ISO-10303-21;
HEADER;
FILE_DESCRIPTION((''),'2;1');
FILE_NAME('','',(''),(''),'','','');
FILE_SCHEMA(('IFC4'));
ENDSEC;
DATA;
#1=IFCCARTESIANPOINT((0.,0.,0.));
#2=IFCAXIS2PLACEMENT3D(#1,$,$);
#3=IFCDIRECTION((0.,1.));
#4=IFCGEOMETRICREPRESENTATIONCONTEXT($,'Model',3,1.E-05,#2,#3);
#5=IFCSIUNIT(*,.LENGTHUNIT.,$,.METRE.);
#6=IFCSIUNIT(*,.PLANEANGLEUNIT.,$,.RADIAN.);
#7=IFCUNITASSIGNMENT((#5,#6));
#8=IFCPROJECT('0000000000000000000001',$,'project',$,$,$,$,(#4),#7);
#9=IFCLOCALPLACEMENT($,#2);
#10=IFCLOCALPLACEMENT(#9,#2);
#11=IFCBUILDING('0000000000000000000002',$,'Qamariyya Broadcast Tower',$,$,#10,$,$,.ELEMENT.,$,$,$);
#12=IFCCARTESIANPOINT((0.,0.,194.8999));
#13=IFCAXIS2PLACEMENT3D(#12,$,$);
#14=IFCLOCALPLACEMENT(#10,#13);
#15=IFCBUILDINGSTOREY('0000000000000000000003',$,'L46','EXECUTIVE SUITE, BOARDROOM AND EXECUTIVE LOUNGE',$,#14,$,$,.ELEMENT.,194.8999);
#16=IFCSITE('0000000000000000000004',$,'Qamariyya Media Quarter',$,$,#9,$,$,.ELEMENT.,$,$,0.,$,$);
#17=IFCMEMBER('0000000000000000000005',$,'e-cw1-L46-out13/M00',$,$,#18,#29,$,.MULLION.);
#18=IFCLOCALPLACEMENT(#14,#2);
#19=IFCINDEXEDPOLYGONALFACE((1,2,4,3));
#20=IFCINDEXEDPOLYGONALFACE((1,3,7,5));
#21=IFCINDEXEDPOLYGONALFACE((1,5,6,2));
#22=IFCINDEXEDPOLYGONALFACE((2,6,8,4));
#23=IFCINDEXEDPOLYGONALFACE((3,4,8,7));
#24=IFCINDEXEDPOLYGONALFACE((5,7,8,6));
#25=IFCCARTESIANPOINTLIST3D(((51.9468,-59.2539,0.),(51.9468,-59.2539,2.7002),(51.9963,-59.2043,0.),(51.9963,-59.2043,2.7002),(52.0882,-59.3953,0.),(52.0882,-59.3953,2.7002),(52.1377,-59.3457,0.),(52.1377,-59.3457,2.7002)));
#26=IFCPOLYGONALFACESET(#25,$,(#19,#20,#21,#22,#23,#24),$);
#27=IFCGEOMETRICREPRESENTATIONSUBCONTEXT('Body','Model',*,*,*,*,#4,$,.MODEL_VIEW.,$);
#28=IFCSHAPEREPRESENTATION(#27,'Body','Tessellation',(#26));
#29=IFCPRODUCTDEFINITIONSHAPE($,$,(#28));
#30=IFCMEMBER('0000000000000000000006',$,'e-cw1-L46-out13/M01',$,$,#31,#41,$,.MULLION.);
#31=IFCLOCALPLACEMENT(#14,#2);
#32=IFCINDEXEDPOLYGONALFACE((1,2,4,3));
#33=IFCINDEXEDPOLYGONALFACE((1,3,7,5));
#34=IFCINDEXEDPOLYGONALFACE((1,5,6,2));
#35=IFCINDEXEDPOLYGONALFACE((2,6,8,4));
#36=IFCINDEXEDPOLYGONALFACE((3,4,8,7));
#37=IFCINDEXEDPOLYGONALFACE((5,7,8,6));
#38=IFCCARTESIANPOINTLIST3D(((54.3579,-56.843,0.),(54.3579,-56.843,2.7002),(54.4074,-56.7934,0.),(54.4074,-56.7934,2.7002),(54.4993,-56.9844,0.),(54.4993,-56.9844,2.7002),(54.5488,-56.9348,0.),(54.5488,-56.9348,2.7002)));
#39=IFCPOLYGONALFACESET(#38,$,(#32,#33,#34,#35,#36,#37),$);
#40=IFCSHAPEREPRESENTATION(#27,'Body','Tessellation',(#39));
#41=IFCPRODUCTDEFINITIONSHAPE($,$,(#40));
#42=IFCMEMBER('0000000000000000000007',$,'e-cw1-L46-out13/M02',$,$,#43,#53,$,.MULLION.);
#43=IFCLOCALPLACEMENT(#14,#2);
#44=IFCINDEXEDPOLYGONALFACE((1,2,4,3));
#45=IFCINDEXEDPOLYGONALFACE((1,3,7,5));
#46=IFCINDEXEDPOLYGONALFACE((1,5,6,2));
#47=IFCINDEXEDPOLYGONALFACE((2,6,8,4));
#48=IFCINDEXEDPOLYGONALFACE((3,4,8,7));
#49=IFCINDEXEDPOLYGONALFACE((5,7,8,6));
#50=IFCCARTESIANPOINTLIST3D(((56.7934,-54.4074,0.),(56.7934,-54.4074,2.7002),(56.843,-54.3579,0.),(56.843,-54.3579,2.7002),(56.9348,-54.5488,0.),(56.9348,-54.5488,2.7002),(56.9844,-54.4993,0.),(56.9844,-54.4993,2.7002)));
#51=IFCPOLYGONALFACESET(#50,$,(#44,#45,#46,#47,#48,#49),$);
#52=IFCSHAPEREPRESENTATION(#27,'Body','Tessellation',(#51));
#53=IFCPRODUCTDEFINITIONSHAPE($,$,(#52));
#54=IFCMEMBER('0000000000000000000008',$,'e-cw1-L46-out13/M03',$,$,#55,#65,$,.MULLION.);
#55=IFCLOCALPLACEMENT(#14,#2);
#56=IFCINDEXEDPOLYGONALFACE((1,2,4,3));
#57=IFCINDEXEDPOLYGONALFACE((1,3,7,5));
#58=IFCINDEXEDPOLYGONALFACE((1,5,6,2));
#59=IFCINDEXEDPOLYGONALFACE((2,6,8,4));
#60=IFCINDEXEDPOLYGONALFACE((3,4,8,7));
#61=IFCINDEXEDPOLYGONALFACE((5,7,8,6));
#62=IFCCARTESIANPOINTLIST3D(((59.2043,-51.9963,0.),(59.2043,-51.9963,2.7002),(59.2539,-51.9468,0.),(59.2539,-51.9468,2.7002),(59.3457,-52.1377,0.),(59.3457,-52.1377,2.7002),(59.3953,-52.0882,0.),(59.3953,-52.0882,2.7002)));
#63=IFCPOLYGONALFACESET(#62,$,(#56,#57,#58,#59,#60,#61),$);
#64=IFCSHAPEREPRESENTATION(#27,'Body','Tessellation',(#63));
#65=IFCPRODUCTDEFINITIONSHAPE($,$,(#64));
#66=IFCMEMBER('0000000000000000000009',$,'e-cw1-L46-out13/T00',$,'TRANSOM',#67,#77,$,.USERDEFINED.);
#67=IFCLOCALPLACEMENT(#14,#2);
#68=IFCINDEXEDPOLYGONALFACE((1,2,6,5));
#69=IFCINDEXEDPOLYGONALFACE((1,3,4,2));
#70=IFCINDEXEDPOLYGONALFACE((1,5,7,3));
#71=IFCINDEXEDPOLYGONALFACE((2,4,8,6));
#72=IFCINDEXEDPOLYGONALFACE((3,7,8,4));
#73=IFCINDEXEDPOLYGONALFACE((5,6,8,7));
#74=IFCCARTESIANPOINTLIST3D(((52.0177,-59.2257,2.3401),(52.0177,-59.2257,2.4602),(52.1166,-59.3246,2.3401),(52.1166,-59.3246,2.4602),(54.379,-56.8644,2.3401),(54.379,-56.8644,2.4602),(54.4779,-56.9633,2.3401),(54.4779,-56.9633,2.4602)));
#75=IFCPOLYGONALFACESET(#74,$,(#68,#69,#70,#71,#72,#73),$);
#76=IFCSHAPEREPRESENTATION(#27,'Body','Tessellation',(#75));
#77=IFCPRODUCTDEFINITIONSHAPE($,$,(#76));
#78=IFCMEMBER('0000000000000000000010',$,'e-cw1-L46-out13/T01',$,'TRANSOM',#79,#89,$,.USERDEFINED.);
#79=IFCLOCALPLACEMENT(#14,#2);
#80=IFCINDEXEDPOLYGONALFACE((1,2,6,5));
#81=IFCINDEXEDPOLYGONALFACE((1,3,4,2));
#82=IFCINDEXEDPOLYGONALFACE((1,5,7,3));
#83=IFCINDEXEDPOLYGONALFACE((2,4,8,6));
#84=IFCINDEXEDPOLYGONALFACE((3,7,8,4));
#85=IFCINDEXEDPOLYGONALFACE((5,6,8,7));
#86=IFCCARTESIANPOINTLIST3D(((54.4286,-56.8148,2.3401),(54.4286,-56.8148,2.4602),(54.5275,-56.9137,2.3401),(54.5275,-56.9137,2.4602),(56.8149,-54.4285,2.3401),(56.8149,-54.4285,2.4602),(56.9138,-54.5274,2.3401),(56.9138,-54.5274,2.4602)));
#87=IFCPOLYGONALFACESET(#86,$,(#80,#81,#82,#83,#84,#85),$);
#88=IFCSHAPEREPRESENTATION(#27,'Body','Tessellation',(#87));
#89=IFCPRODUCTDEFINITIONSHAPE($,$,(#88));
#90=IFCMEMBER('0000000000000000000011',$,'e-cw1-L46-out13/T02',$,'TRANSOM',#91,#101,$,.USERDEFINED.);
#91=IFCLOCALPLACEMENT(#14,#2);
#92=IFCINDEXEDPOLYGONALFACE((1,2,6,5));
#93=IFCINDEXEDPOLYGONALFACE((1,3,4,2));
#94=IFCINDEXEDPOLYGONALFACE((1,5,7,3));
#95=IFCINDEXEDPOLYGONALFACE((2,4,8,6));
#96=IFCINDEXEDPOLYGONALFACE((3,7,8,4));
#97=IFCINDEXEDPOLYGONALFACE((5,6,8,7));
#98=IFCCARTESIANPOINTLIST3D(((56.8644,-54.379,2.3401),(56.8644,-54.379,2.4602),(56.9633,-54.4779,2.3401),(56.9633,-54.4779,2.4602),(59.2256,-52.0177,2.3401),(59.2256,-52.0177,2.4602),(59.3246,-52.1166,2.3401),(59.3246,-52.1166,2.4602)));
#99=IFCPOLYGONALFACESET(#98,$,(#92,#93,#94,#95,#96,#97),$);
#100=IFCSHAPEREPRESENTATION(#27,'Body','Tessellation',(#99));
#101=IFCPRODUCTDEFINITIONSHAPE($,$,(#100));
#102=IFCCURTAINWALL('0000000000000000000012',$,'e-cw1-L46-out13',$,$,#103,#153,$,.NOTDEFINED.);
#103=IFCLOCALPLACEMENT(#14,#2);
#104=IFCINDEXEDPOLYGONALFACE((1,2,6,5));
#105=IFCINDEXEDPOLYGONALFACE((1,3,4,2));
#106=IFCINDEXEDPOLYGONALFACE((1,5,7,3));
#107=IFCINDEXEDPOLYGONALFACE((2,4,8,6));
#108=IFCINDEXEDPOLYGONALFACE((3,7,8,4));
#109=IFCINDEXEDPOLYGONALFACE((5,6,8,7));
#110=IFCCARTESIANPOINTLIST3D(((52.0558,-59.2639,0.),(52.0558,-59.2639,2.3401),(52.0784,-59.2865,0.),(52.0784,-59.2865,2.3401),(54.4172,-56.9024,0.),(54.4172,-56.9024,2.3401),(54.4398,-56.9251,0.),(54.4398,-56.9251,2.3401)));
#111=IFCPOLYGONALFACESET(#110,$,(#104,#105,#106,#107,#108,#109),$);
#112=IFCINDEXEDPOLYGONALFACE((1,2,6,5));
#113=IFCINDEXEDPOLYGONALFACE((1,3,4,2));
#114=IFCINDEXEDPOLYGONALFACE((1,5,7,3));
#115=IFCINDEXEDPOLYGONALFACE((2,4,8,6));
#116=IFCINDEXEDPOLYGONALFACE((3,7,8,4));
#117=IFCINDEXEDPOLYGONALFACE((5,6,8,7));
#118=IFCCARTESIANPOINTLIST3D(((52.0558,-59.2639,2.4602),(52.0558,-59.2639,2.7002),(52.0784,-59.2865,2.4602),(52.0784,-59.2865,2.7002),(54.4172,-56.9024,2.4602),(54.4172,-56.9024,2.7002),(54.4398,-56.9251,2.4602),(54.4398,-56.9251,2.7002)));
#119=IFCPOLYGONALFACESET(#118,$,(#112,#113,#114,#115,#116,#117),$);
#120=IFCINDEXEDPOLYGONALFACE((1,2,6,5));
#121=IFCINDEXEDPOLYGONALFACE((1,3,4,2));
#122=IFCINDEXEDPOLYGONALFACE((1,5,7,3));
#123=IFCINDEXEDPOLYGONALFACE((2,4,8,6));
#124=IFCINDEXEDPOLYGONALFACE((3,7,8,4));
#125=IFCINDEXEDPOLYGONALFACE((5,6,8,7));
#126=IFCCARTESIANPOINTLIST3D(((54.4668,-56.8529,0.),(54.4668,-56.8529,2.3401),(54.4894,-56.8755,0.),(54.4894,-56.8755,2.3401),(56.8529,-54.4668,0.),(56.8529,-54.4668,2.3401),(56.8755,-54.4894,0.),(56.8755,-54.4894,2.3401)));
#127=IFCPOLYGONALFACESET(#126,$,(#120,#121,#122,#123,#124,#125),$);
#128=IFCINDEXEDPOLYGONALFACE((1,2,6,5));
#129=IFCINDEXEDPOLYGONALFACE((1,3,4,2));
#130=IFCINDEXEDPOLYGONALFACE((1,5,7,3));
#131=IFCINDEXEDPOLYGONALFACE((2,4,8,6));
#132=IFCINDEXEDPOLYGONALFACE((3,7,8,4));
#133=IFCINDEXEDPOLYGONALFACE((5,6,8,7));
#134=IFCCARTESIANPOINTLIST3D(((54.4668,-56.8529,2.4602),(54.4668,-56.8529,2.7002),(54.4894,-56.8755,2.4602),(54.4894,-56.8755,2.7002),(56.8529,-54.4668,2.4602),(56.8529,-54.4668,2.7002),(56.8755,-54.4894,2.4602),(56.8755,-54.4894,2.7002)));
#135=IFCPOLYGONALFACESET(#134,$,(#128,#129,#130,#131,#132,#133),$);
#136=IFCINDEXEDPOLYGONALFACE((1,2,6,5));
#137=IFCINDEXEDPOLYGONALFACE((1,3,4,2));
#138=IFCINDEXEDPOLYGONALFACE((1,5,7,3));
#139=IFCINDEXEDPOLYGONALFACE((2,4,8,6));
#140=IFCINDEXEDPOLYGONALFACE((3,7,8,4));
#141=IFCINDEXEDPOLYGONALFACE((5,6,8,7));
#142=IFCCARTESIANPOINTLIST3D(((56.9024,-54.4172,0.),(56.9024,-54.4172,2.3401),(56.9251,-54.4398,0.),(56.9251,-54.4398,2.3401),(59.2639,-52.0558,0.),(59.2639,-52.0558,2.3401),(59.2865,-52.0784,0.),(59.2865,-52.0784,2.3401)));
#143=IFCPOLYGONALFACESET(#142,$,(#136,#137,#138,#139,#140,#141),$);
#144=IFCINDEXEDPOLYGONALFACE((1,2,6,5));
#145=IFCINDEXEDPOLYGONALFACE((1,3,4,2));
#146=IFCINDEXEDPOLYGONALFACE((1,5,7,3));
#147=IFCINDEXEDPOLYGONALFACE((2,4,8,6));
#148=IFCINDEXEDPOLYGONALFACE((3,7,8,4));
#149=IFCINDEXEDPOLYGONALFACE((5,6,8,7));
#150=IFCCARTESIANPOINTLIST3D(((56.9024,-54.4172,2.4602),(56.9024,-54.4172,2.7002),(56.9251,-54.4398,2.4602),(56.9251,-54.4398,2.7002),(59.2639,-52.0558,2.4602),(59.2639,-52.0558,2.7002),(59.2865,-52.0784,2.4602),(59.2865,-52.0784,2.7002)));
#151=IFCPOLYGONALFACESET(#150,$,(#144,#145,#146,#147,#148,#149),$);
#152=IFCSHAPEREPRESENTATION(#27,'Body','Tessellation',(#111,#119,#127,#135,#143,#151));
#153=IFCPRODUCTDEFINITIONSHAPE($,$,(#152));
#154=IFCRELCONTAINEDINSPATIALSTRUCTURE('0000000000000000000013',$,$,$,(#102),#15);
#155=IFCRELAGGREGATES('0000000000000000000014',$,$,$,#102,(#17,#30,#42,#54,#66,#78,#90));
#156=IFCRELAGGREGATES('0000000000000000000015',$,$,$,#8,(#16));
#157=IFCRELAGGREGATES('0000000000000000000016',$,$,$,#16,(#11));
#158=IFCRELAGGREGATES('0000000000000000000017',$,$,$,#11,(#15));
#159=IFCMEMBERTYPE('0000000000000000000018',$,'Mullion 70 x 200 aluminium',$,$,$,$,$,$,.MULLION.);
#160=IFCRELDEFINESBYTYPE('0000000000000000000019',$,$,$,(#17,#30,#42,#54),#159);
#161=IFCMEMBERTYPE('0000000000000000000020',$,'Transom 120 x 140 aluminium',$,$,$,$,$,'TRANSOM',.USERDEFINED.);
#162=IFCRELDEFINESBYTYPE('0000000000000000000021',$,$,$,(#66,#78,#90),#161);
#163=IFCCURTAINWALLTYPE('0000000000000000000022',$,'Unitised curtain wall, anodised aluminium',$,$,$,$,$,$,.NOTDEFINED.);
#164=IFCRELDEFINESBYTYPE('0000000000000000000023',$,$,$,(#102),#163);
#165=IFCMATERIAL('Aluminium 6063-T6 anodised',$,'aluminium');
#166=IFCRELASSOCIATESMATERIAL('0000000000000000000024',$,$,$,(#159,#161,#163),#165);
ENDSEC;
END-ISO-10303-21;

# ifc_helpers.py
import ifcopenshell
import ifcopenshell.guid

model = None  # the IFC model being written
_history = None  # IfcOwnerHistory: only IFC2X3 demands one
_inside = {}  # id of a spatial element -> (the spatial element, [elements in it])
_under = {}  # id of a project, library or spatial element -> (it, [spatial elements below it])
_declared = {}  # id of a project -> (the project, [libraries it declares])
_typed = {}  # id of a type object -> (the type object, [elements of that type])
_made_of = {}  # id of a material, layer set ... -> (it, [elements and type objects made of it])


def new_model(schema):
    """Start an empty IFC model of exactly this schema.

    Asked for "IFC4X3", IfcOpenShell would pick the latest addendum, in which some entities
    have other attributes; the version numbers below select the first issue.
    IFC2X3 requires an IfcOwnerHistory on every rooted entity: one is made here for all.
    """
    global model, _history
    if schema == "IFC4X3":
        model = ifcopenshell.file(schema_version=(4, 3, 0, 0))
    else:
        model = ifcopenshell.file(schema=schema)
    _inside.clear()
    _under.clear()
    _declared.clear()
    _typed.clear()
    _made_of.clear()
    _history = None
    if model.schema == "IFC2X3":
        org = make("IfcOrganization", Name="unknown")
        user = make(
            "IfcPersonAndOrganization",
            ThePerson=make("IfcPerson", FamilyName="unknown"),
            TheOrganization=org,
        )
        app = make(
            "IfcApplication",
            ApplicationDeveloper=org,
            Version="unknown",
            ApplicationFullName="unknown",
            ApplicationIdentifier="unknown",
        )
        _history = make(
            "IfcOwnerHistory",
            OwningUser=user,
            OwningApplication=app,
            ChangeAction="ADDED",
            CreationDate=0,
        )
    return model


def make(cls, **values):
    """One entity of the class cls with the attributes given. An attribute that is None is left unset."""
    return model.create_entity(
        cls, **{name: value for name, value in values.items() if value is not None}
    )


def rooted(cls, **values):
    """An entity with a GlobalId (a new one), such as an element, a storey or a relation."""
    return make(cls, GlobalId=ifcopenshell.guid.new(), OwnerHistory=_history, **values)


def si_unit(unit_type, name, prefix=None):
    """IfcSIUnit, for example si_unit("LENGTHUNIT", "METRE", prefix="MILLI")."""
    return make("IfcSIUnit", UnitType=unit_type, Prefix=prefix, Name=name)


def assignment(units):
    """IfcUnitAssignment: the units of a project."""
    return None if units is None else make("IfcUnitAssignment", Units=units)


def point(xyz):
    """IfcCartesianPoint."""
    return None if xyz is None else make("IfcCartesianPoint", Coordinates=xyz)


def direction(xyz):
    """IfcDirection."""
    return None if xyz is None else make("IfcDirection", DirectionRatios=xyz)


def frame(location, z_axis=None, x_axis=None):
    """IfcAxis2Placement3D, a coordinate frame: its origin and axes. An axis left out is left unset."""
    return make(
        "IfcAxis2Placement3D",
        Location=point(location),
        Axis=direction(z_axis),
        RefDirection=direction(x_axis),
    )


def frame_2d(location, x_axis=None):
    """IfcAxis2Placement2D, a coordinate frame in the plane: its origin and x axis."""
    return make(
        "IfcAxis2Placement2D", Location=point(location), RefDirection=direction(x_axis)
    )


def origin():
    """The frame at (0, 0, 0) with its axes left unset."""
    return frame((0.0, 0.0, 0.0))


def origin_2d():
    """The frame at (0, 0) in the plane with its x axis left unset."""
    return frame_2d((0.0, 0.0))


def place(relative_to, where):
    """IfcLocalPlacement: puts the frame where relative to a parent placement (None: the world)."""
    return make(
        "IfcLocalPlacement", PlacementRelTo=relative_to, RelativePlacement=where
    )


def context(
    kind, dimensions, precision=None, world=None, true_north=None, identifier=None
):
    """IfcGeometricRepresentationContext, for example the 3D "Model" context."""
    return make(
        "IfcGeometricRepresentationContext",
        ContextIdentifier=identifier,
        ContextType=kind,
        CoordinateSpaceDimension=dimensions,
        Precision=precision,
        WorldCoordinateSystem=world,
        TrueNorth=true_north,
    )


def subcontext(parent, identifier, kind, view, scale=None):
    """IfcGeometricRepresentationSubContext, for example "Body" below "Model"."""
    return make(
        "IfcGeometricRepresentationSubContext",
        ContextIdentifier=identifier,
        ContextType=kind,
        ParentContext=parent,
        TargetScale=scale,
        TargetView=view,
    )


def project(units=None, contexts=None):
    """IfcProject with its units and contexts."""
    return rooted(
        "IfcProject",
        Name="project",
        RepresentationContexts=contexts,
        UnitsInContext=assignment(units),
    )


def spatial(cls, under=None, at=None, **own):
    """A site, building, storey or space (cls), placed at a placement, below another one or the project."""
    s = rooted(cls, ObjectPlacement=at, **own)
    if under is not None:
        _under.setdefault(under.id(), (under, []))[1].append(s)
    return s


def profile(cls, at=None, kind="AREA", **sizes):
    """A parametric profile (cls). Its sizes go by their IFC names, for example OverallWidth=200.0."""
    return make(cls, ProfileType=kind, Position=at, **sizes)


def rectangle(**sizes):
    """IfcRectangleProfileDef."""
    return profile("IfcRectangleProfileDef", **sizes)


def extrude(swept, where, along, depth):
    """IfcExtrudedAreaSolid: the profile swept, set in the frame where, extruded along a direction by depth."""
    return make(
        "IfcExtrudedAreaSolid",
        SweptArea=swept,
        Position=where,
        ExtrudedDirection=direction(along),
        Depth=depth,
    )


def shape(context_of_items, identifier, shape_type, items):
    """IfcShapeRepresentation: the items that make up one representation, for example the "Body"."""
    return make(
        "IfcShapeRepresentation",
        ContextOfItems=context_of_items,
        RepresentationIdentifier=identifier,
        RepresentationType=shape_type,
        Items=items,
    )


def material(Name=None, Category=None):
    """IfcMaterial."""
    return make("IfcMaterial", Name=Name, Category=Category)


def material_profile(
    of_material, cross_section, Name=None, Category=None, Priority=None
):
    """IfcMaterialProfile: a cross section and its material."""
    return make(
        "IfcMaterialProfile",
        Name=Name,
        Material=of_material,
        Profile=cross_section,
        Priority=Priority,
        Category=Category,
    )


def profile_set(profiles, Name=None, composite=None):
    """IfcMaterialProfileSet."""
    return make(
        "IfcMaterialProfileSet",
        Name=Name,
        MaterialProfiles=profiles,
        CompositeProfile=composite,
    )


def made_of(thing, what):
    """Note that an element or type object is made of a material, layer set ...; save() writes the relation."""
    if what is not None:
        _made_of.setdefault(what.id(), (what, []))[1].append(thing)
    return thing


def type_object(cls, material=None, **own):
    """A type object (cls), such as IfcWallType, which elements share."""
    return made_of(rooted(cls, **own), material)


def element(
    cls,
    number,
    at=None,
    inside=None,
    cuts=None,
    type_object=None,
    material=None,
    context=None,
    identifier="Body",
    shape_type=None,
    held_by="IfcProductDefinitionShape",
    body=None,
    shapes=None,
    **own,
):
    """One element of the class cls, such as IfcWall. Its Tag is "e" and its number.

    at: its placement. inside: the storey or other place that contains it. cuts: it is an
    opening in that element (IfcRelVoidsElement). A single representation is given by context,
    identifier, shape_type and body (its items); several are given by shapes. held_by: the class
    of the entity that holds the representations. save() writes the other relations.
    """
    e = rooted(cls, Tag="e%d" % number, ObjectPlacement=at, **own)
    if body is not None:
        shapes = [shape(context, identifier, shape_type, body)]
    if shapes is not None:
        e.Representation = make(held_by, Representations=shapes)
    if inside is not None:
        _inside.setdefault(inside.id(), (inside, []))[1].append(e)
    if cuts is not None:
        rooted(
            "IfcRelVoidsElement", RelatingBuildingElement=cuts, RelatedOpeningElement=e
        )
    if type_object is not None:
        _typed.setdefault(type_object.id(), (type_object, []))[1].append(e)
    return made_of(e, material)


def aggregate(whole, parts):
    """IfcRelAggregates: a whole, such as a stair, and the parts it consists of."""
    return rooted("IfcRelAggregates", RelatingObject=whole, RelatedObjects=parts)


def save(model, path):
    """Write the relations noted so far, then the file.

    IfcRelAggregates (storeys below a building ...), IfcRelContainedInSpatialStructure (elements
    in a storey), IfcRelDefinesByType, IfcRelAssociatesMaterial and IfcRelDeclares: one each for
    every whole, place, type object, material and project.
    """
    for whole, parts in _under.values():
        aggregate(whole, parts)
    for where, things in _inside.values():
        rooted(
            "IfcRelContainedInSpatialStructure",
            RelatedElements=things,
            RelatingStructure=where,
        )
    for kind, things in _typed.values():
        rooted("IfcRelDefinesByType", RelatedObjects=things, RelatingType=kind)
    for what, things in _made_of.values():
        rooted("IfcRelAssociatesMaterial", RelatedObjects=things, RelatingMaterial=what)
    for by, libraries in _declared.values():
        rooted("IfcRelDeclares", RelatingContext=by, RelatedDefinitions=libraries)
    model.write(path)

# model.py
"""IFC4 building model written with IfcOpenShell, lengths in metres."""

from ifc_helpers import new_model, si_unit, direction, frame, origin, origin_2d, place, context, subcontext, project, spatial, rectangle, extrude, material, material_profile, profile_set, type_object, element, aggregate, save


model = new_model("IFC4")

# Units and contexts
model_context = context("Model", 3, precision=1e-05, world=origin(), true_north=direction((0.0, 1.0)))
body_context = subcontext(model_context, "Body", "Model", "MODEL_VIEW")
ifc_project = project(units=[si_unit("LENGTHUNIT", "METRE"), si_unit("PLANEANGLEUNIT", "RADIAN")], contexts=[model_context])

# Members
ifc_material = material(Name="Aluminium 6063-T6 anodised", Category="aluminium")
ifc_material_profile_1 = material_profile(ifc_material, rectangle(XDim=0.2, YDim=0.0701, at=origin_2d()))
ifc_profile_set_1 = profile_set([ifc_material_profile_1], Name="Aluminium 6063-T6 anodised")
member_type_1 = type_object("IfcMemberType", Name="Mullion 70 x 200 aluminium", PredefinedType="MULLION", material=ifc_profile_set_1)
site_placement = place(None, origin())
building_placement = place(site_placement, origin())
storey_placement = place(building_placement, frame((0.0, 0.0, 194.8999)))
member_1_placement = place(storey_placement, frame((52.0422, -59.2998, 0.0), z_axis=(0.0, 0.0, 1.0), x_axis=(-0.707107, 0.707107, 0.0)))
member_1 = element("IfcMember", 1, at=member_1_placement, type_object=member_type_1, Name="e-cw1-L46-out13/M00", PredefinedType="MULLION", context=body_context, shape_type="SweptSolid", body=[
    extrude(rectangle(XDim=0.2, YDim=0.0701, at=origin_2d()), origin(), (0.0, 0.0, 1.0), 2.7002),
])
member_2_placement = place(storey_placement, frame((54.4534, -56.8889, 0.0), z_axis=(0.0, 0.0, 1.0), x_axis=(-0.707107, 0.707107, 0.0)))
member_2 = element("IfcMember", 2, at=member_2_placement, type_object=member_type_1, Name="e-cw1-L46-out13/M01", PredefinedType="MULLION", context=body_context, shape_type="SweptSolid", body=[
    extrude(rectangle(XDim=0.2, YDim=0.0701, at=origin_2d()), origin(), (0.0, 0.0, 1.0), 2.7002),
])
member_3_placement = place(storey_placement, frame((56.8889, -54.4534, 0.0), z_axis=(0.0, 0.0, 1.0), x_axis=(-0.707107, 0.707107, 0.0)))
member_3 = element("IfcMember", 3, at=member_3_placement, type_object=member_type_1, Name="e-cw1-L46-out13/M02", PredefinedType="MULLION", context=body_context, shape_type="SweptSolid", body=[
    extrude(rectangle(XDim=0.2, YDim=0.0701, at=origin_2d()), origin(), (0.0, 0.0, 1.0), 2.7002),
])
member_4_placement = place(storey_placement, frame((59.2998, -52.0422, 0.0), z_axis=(0.0, 0.0, 1.0), x_axis=(-0.707107, 0.707107, 0.0)))
member_4 = element("IfcMember", 4, at=member_4_placement, type_object=member_type_1, Name="e-cw1-L46-out13/M03", PredefinedType="MULLION", context=body_context, shape_type="SweptSolid", body=[
    extrude(rectangle(XDim=0.2, YDim=0.0701, at=origin_2d()), origin(), (0.0, 0.0, 1.0), 2.7002),
])
ifc_material_profile_2 = material_profile(ifc_material, rectangle(XDim=0.1399, YDim=0.1201, at=origin_2d()))
ifc_profile_set_2 = profile_set([ifc_material_profile_2], Name="Aluminium 6063-T6 anodised")
member_type_2 = type_object("IfcMemberType", Name="Transom 120 x 140 aluminium", ElementType="TRANSOM", PredefinedType="USERDEFINED", material=ifc_profile_set_2)
member_5_placement = place(storey_placement, frame((52.0671, -59.2751, 2.4001), z_axis=(0.707107, 0.707107, 0.0), x_axis=(-0.707107, 0.707107, 0.0)))
member_5 = element("IfcMember", 5, at=member_5_placement, type_object=member_type_2, Name="e-cw1-L46-out13/T00", ObjectType="TRANSOM", PredefinedType="USERDEFINED", context=body_context, shape_type="SweptSolid", body=[
    extrude(rectangle(XDim=0.1399, YDim=0.1201, at=origin_2d()), origin(), (0.0, 0.0, 1.0), 3.3394),
])
member_6_placement = place(storey_placement, frame((54.478, -56.8643, 2.4001), z_axis=(0.707107, 0.707107, 0.0), x_axis=(-0.707107, 0.707107, 0.0)))
member_6 = element("IfcMember", 6, at=member_6_placement, type_object=member_type_2, Name="e-cw1-L46-out13/T01", ObjectType="TRANSOM", PredefinedType="USERDEFINED", context=body_context, shape_type="SweptSolid", body=[
    extrude(rectangle(XDim=0.1399, YDim=0.1201, at=origin_2d()), origin(), (0.0, 0.0, 1.0), 3.3748),
])
member_7_placement = place(storey_placement, frame((56.9138, -54.4285, 2.4001), z_axis=(0.707107, 0.707107, 0.0), x_axis=(-0.707107, 0.707107, 0.0)))
member_7 = element("IfcMember", 7, at=member_7_placement, type_object=member_type_2, Name="e-cw1-L46-out13/T02", ObjectType="TRANSOM", PredefinedType="USERDEFINED", context=body_context, shape_type="SweptSolid", body=[
    extrude(rectangle(XDim=0.1399, YDim=0.1201, at=origin_2d()), origin(), (0.0, 0.0, 1.0), 3.3394),
])

# Site, building, storey
site = spatial("IfcSite", under=ifc_project, at=site_placement, Name="Qamariyya Media Quarter", CompositionType="ELEMENT", RefElevation=0.0)
building = spatial("IfcBuilding", under=site, at=building_placement, Name="Qamariyya Broadcast Tower", CompositionType="ELEMENT")
storey = spatial("IfcBuildingStorey", under=building, at=storey_placement, Name="L46", Description="EXECUTIVE SUITE, BOARDROOM AND EXECUTIVE LOUNGE", CompositionType="ELEMENT", Elevation=194.8999)

# Curtain wall
curtain_wall_type = type_object("IfcCurtainWallType", Name="Unitised curtain wall, anodised aluminium", PredefinedType="NOTDEFINED", material=ifc_material)
curtain_wall_1_placement = place(storey_placement, origin())
curtain_wall_1 = element("IfcCurtainWall", 8, at=curtain_wall_1_placement, inside=storey, type_object=curtain_wall_type, Name="e-cw1-L46-out13", PredefinedType="NOTDEFINED", context=body_context, shape_type="SweptSolid", body=[
    extrude(rectangle(XDim=3.3396, YDim=0.032, at=origin_2d()), frame((53.2478, -58.0945, 0.0), x_axis=(0.707107, 0.707107, 0.0)), (0.0, 0.0, 1.0), 2.3401),
    extrude(rectangle(XDim=3.3396, YDim=0.032, at=origin_2d()), frame((53.2478, -58.0945, 2.4602), x_axis=(0.707107, 0.707107, 0.0)), (0.0, 0.0, 1.0), 0.24),
    extrude(rectangle(XDim=3.3745, YDim=0.032, at=origin_2d()), frame((55.6711, -55.6711, 0.0), x_axis=(0.707107, 0.707107, 0.0)), (0.0, 0.0, 1.0), 2.3401),
    extrude(rectangle(XDim=3.3745, YDim=0.032, at=origin_2d()), frame((55.6711, -55.6711, 2.4602), x_axis=(0.707107, 0.707107, 0.0)), (0.0, 0.0, 1.0), 0.24),
    extrude(rectangle(XDim=3.3396, YDim=0.032, at=origin_2d()), frame((58.0945, -53.2478, 0.0), x_axis=(0.707107, 0.707107, 0.0)), (0.0, 0.0, 1.0), 2.3401),
    extrude(rectangle(XDim=3.3396, YDim=0.032, at=origin_2d()), frame((58.0945, -53.2478, 2.4602), x_axis=(0.707107, 0.707107, 0.0)), (0.0, 0.0, 1.0), 0.24),
])
aggregate(curtain_wall_1, [member_1, member_2, member_3, member_4, member_5, member_6, member_7])

save(model, "model.ifc")
